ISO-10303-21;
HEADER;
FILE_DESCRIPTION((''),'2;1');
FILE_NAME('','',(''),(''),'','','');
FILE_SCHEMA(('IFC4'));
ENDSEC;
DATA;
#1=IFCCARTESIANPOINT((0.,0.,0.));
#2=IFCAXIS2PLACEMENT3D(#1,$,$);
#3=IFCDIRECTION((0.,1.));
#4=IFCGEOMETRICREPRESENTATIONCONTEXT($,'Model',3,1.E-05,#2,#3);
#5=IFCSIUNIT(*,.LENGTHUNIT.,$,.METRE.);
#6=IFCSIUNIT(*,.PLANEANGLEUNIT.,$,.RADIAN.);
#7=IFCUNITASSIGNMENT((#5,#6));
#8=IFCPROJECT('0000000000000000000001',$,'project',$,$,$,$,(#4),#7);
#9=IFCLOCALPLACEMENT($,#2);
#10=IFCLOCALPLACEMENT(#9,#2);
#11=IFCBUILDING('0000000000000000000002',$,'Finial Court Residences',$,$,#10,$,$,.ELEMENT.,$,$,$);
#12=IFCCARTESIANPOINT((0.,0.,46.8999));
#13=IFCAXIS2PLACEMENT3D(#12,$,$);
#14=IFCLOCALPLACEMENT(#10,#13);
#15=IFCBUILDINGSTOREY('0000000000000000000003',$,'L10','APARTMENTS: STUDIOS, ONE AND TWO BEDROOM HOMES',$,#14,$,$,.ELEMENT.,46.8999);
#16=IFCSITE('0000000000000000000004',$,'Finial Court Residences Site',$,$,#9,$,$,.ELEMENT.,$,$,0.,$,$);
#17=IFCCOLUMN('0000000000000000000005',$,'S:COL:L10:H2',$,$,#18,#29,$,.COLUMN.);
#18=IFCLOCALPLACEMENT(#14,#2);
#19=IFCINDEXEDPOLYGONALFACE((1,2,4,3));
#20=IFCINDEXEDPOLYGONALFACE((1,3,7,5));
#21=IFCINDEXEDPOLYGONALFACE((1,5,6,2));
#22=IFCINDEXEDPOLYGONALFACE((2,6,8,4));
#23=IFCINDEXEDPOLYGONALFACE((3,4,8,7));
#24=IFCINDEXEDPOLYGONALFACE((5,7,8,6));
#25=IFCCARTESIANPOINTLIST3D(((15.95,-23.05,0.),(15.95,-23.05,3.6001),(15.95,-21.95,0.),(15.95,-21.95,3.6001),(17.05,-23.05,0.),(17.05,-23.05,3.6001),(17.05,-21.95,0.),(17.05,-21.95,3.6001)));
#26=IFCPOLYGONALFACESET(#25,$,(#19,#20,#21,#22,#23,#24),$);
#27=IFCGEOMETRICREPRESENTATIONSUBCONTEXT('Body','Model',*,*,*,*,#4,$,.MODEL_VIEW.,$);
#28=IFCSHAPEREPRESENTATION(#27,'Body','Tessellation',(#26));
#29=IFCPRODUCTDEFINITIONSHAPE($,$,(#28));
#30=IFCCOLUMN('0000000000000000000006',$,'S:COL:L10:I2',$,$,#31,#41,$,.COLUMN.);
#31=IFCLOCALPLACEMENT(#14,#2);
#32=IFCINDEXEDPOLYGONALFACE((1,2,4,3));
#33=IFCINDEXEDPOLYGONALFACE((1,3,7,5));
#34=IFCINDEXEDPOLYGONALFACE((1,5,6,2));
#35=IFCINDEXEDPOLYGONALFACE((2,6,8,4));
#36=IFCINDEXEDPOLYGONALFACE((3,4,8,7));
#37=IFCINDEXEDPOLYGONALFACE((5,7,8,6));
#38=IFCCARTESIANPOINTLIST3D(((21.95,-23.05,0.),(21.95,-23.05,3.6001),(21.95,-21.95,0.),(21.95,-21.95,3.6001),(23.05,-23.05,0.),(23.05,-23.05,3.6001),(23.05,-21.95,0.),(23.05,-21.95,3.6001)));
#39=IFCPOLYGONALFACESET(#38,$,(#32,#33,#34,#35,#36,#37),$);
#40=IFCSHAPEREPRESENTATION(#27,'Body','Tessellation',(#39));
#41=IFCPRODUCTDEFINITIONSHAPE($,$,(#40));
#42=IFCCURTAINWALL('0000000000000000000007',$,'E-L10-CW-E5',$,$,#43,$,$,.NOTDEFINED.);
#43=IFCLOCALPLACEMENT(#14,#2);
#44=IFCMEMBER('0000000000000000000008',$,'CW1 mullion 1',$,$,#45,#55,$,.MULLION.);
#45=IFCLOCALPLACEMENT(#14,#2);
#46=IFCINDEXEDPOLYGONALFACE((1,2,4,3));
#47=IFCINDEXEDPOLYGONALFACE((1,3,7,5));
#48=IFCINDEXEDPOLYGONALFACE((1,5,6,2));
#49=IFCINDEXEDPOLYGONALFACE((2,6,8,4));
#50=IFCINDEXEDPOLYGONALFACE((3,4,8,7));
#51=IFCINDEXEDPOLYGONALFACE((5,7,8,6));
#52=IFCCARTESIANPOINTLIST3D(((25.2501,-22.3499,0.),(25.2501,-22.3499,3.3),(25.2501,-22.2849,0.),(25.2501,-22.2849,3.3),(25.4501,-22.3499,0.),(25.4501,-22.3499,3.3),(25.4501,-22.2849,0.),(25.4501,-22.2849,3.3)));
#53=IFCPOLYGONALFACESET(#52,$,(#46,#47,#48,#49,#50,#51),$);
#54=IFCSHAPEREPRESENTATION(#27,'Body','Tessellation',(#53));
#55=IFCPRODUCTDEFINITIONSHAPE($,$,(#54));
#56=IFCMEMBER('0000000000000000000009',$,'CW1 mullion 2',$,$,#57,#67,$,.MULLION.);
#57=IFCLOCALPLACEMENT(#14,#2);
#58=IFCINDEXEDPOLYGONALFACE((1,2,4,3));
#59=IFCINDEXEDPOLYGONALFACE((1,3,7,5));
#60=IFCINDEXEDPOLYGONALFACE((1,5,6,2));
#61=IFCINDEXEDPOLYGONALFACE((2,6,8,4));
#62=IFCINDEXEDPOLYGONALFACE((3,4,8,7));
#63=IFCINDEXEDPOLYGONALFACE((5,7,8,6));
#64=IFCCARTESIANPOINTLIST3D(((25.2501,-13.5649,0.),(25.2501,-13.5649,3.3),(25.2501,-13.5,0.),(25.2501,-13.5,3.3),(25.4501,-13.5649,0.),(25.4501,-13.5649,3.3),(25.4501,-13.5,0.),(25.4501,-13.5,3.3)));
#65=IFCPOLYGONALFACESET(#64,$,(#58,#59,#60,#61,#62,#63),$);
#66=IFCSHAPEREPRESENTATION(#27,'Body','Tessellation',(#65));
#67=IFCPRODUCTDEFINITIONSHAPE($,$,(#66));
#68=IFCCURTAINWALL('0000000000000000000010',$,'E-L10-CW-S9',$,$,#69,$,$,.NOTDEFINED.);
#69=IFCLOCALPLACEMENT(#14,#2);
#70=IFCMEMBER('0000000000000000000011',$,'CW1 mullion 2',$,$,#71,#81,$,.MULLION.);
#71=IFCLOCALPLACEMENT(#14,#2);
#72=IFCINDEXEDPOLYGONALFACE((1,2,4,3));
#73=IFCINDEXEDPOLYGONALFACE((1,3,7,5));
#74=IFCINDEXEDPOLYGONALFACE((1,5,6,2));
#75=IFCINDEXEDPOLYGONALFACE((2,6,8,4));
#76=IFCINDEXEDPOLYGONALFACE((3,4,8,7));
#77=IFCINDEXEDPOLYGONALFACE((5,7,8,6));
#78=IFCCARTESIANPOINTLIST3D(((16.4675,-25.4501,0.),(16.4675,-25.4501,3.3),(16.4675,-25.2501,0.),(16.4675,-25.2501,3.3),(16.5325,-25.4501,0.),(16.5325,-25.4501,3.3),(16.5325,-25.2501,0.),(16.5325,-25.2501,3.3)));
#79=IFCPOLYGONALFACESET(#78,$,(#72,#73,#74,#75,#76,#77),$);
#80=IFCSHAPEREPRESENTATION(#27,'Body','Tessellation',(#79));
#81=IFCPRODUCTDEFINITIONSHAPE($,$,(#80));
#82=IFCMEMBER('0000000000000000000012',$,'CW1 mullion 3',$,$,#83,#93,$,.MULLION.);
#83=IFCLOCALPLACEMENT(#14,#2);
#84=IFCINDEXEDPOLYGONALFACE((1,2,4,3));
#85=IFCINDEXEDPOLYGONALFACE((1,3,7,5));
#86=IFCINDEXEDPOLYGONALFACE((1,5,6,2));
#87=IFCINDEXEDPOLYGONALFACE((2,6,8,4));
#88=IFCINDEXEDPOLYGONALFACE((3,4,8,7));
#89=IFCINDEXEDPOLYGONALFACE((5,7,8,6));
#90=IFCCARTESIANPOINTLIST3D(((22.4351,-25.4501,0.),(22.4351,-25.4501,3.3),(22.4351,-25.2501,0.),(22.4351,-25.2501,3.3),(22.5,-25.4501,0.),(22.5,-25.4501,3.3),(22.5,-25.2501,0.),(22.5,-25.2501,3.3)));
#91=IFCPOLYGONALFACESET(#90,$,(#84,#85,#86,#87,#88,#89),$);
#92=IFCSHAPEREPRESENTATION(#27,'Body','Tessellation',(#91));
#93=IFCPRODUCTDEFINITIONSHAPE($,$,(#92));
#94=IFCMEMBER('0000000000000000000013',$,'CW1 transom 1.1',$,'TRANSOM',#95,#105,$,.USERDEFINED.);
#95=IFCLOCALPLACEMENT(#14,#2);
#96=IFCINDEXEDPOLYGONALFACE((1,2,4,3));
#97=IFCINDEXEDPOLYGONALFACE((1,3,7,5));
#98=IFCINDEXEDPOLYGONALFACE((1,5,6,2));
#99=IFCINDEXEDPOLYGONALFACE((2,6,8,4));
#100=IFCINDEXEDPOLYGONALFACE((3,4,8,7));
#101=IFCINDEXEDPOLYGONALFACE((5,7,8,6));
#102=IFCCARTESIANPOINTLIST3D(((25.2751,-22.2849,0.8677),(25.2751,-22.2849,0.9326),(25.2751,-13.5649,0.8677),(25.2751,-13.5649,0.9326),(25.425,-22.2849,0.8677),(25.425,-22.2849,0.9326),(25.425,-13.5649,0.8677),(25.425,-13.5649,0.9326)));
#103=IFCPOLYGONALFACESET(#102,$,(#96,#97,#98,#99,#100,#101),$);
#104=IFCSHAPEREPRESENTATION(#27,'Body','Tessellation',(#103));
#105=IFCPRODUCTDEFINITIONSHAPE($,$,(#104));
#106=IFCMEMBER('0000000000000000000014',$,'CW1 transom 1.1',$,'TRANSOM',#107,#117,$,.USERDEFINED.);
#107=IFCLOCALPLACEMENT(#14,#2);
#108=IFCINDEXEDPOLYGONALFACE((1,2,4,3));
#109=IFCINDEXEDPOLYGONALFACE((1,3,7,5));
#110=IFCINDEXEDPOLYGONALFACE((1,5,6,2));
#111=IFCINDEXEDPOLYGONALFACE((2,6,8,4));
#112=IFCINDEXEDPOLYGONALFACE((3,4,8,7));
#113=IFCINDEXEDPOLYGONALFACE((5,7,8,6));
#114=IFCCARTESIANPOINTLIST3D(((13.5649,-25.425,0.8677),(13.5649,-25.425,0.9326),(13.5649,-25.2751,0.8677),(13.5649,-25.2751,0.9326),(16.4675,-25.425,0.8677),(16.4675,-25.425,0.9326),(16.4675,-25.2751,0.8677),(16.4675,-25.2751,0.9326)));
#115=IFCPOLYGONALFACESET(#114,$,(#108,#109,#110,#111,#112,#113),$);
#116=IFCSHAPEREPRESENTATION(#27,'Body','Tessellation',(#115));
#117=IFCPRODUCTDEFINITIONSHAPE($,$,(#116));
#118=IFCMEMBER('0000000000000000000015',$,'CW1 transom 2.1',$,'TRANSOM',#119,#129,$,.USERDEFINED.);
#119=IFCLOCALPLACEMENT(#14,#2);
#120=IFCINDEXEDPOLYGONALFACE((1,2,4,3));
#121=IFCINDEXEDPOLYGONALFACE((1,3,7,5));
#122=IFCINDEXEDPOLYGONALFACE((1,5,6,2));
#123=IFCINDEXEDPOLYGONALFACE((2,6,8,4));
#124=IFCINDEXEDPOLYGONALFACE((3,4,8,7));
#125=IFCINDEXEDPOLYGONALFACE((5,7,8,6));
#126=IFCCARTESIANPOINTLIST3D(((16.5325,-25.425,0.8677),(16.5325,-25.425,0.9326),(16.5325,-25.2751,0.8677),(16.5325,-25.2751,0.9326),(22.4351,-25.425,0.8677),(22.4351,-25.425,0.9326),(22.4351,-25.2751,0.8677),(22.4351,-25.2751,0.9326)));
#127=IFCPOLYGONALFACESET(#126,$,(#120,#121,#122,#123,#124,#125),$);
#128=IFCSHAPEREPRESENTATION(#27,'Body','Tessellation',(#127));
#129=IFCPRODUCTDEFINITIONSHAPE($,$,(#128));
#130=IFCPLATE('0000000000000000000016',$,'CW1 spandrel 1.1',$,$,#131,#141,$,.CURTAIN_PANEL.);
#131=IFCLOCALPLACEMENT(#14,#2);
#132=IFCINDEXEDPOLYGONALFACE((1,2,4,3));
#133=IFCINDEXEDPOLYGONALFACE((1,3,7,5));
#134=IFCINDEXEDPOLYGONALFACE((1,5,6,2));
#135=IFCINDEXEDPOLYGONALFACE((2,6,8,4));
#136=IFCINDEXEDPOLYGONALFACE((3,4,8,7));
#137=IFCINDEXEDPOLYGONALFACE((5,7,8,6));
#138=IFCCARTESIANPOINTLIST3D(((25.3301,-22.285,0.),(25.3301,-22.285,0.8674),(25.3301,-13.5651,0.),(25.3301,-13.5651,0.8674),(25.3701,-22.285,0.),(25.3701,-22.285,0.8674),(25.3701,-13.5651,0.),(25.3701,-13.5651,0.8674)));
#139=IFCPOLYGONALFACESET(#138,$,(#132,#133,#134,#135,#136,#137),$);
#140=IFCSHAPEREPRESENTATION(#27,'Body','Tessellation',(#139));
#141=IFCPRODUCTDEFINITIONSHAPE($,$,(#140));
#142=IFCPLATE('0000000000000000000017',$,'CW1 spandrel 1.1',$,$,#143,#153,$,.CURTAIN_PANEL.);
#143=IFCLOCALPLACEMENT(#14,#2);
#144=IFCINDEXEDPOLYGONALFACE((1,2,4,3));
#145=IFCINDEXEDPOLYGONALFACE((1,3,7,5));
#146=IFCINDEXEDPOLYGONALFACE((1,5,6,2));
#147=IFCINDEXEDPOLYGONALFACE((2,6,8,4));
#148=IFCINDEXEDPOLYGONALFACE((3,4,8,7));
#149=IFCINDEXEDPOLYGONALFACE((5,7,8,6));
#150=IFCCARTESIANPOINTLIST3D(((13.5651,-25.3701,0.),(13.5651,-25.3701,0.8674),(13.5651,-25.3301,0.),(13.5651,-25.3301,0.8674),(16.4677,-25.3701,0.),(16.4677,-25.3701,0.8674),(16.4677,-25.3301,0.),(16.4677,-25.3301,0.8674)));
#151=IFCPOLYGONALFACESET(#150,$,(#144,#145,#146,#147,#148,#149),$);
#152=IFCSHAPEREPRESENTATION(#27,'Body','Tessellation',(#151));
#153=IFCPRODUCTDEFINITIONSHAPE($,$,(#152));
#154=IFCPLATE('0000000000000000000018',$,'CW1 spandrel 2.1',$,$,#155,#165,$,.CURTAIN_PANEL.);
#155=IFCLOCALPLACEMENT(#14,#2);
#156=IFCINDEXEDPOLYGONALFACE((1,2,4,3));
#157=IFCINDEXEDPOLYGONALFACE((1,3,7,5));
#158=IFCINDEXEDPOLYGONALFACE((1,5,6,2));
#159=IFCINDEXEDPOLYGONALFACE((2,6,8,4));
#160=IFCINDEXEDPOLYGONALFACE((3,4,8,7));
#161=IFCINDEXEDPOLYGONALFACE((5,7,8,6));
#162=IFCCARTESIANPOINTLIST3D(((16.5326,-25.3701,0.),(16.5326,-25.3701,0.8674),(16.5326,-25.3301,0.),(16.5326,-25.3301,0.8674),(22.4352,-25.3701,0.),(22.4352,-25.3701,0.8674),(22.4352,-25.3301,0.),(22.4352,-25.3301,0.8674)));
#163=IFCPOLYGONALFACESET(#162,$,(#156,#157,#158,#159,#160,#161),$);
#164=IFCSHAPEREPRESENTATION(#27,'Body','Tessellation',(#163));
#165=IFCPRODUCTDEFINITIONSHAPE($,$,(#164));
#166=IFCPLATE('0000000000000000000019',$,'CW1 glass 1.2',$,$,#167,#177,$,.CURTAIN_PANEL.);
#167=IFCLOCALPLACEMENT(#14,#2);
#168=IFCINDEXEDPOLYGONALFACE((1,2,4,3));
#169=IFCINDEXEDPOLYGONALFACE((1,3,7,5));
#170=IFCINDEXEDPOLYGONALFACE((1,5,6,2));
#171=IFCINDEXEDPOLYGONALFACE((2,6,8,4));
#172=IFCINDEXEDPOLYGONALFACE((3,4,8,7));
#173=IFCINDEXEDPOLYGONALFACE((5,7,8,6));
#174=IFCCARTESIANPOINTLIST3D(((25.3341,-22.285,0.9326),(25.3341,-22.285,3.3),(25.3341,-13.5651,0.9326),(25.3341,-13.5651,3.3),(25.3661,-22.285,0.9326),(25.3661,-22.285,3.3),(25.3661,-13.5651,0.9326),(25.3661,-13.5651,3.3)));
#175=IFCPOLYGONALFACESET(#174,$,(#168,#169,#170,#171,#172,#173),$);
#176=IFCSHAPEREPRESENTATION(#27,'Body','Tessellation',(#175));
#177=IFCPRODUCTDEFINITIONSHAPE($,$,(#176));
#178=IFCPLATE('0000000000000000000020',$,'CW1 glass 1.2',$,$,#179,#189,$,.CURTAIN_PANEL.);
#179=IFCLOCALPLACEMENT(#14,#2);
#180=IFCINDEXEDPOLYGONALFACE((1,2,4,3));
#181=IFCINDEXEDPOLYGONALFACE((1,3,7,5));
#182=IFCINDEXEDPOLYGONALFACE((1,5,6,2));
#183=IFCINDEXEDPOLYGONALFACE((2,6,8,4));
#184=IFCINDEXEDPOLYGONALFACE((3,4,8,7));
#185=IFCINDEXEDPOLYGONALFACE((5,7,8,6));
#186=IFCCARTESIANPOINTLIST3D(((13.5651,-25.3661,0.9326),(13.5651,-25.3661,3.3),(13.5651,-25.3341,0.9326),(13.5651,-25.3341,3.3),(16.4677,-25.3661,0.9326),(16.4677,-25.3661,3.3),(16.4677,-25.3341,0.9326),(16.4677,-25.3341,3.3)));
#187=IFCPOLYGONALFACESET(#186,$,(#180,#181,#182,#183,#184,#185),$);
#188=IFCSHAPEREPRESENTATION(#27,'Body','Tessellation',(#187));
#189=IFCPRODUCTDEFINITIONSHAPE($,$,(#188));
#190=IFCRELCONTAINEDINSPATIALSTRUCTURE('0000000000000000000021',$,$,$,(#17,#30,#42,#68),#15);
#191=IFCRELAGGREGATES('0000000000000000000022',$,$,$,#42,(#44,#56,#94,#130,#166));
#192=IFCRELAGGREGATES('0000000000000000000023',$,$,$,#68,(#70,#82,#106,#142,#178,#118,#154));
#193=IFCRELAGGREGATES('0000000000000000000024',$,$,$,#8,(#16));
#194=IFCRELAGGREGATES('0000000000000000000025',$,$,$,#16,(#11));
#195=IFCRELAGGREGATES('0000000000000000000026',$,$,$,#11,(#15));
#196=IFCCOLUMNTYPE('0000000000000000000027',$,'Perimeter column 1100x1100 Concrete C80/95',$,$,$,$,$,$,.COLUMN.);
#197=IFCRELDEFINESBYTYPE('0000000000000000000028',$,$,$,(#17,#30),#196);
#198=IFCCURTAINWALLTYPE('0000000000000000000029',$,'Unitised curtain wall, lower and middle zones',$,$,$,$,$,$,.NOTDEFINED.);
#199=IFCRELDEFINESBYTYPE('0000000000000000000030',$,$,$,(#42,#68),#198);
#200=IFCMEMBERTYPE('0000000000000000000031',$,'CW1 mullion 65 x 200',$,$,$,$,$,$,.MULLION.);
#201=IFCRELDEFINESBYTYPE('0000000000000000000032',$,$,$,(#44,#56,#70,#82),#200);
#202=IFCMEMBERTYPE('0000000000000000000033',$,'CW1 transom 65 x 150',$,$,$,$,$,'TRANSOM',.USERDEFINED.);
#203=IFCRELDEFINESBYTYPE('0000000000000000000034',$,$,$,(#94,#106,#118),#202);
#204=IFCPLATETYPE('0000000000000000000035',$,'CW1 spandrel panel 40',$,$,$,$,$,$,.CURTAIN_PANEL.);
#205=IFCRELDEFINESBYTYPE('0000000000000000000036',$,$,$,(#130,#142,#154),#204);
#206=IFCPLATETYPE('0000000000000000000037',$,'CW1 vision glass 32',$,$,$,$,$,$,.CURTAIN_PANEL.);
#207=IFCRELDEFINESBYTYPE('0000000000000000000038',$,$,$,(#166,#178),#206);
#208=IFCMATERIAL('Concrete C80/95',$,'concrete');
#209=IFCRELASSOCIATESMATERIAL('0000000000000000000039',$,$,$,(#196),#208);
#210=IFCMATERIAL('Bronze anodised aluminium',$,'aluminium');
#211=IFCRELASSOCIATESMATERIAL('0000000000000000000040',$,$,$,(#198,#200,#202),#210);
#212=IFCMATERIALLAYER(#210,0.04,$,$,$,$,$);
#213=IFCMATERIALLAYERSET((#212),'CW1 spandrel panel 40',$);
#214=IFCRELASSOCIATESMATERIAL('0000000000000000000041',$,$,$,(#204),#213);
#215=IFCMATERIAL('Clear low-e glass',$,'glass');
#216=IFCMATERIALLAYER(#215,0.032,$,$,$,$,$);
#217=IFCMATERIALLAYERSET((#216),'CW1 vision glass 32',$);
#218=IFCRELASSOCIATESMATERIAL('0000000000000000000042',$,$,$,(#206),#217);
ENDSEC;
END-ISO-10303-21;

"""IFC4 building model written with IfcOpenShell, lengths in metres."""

from ifc_helpers import new_model, si_unit, direction, frame, origin, origin_2d, place, context, subcontext, project, spatial, rectangle, extrude, material, layer, layer_set, material_profile, profile_set, type_object, element, aggregate, save


model = new_model("IFC4")

# Units and contexts
model_context = context("Model", 3, precision=1e-05, world=origin(), true_north=direction((0.0, 1.0)))
body_context = subcontext(model_context, "Body", "Model", "MODEL_VIEW")
ifc_project = project(units=[si_unit("LENGTHUNIT", "METRE"), si_unit("PLANEANGLEUNIT", "RADIAN")], contexts=[model_context])

# Site, building, storey
site_placement = place(None, origin())
site = spatial("IfcSite", under=ifc_project, at=site_placement, Name="Finial Court Residences Site", CompositionType="ELEMENT", RefElevation=0.0)
building_placement = place(site_placement, origin())
building = spatial("IfcBuilding", under=site, at=building_placement, Name="Finial Court Residences", CompositionType="ELEMENT")
storey_placement = place(building_placement, frame((0.0, 0.0, 46.8999)))
storey = spatial("IfcBuildingStorey", under=building, at=storey_placement, Name="L10", Description="APARTMENTS: STUDIOS, ONE AND TWO BEDROOM HOMES", CompositionType="ELEMENT", Elevation=46.8999)

# Columns
ifc_material_1 = material(Name="Concrete C80/95", Category="concrete")
ifc_material_profile_1 = material_profile(ifc_material_1, rectangle(XDim=1.1001, YDim=1.1001, at=origin_2d()), Name="1100x1100")
ifc_profile_set_1 = profile_set([ifc_material_profile_1], Name="Concrete C80/95")
column_type = type_object("IfcColumnType", Name="Perimeter column 1100x1100 Concrete C80/95", PredefinedType="COLUMN", material=ifc_profile_set_1)
for number, where, z_axis, x_axis, name in (
    (1, (16.5, -22.5, 0.0), (0.0, 0.0, 1.0), (1.0, 0.0, 0.0), "S:COL:L10:H2"),
    (2, (22.5, -22.5, 0.0), (0.0, 0.0, 1.0), (1.0, 0.0, 0.0), "S:COL:L10:I2"),
):
    element("IfcColumn", number, at=place(storey_placement, frame(where, z_axis=z_axis, x_axis=x_axis)), inside=storey, type_object=column_type, Name=name, PredefinedType="COLUMN", context=body_context, shape_type="SweptSolid", body=[
        extrude(rectangle(XDim=1.1001, YDim=1.1001, at=origin_2d()), origin(), (0.0, 0.0, 1.0), 3.6001),
    ])

# Curtain walls, members
ifc_material_2 = material(Name="Bronze anodised aluminium", Category="aluminium")
curtain_wall_type = type_object("IfcCurtainWallType", Name="Unitised curtain wall, lower and middle zones", PredefinedType="NOTDEFINED", material=ifc_material_2)
curtain_wall_1_placement = place(storey_placement, origin())
curtain_wall_1 = element("IfcCurtainWall", 3, at=curtain_wall_1_placement, inside=storey, type_object=curtain_wall_type, Name="E-L10-CW-E5", PredefinedType="NOTDEFINED")
ifc_material_profile_2 = material_profile(ifc_material_2, rectangle(XDim=0.2, YDim=0.0649, at=origin_2d()), Name="CW1 mullion 65 x 200")
ifc_profile_set_2 = profile_set([ifc_material_profile_2], Name="Bronze anodised aluminium")
member_type_1 = type_object("IfcMemberType", Name="CW1 mullion 65 x 200", PredefinedType="MULLION", material=ifc_profile_set_2)
member_1_placement = place(storey_placement, frame((25.3501, -22.3174, 0.0), z_axis=(0.0, 0.0, 1.0), x_axis=(-1.0, 0.0, 0.0)))
member_1 = element("IfcMember", 4, at=member_1_placement, type_object=member_type_1, Name="CW1 mullion 1", PredefinedType="MULLION", context=body_context, shape_type="SweptSolid", body=[
    extrude(rectangle(XDim=0.2, YDim=0.0649, at=origin_2d()), origin(), (0.0, 0.0, 1.0), 3.3),
])
member_2_placement = place(storey_placement, frame((25.3501, -13.5325, 0.0), z_axis=(0.0, 0.0, 1.0), x_axis=(-1.0, 0.0, 0.0)))
member_2 = element("IfcMember", 5, at=member_2_placement, type_object=member_type_1, Name="CW1 mullion 2", PredefinedType="MULLION", context=body_context, shape_type="SweptSolid", body=[
    extrude(rectangle(XDim=0.2, YDim=0.0649, at=origin_2d()), origin(), (0.0, 0.0, 1.0), 3.3),
])
curtain_wall_2_placement = place(storey_placement, origin())
curtain_wall_2 = element("IfcCurtainWall", 6, at=curtain_wall_2_placement, inside=storey, type_object=curtain_wall_type, Name="E-L10-CW-S9", PredefinedType="NOTDEFINED")
member_3_placement = place(storey_placement, frame((16.5, -25.3501, 0.0), z_axis=(0.0, 0.0, 1.0), x_axis=(0.0, 1.0, 0.0)))
member_3 = element("IfcMember", 7, at=member_3_placement, type_object=member_type_1, Name="CW1 mullion 2", PredefinedType="MULLION", context=body_context, shape_type="SweptSolid", body=[
    extrude(rectangle(XDim=0.2, YDim=0.0649, at=origin_2d()), origin(), (0.0, 0.0, 1.0), 3.3),
])
member_4_placement = place(storey_placement, frame((22.4675, -25.3501, 0.0), z_axis=(0.0, 0.0, 1.0), x_axis=(0.0, 1.0, 0.0)))
member_4 = element("IfcMember", 8, at=member_4_placement, type_object=member_type_1, Name="CW1 mullion 3", PredefinedType="MULLION", context=body_context, shape_type="SweptSolid", body=[
    extrude(rectangle(XDim=0.2, YDim=0.0649, at=origin_2d()), origin(), (0.0, 0.0, 1.0), 3.3),
])

# Members
ifc_material_profile_3 = material_profile(ifc_material_2, rectangle(XDim=0.1499, YDim=0.0649, at=origin_2d()), Name="CW1 transom 65 x 150")
ifc_profile_set_3 = profile_set([ifc_material_profile_3], Name="Bronze anodised aluminium")
member_type_2 = type_object("IfcMemberType", Name="CW1 transom 65 x 150", ElementType="TRANSOM", PredefinedType="USERDEFINED", material=ifc_profile_set_3)
member_5_placement = place(storey_placement, frame((25.3501, -22.2849, 0.9001), z_axis=(0.0, 1.0, 0.0), x_axis=(-1.0, 0.0, 0.0)))
member_5 = element("IfcMember", 9, at=member_5_placement, type_object=member_type_2, Name="CW1 transom 1.1", ObjectType="TRANSOM", PredefinedType="USERDEFINED", context=body_context, shape_type="SweptSolid", body=[
    extrude(rectangle(XDim=0.1499, YDim=0.0649, at=origin_2d()), origin(), (0.0, 0.0, 1.0), 8.72),
])
member_6_placement = place(storey_placement, frame((13.5649, -25.3501, 0.9001), z_axis=(1.0, 0.0, 0.0), x_axis=(0.0, 1.0, 0.0)))
member_6 = element("IfcMember", 10, at=member_6_placement, type_object=member_type_2, Name="CW1 transom 1.1", ObjectType="TRANSOM", PredefinedType="USERDEFINED", context=body_context, shape_type="SweptSolid", body=[
    extrude(rectangle(XDim=0.1499, YDim=0.0649, at=origin_2d()), origin(), (0.0, 0.0, 1.0), 2.9026),
])
member_7_placement = place(storey_placement, frame((16.5325, -25.3501, 0.9001), z_axis=(1.0, 0.0, 0.0), x_axis=(0.0, 1.0, 0.0)))
member_7 = element("IfcMember", 11, at=member_7_placement, type_object=member_type_2, Name="CW1 transom 2.1", ObjectType="TRANSOM", PredefinedType="USERDEFINED", context=body_context, shape_type="SweptSolid", body=[
    extrude(rectangle(XDim=0.1499, YDim=0.0649, at=origin_2d()), origin(), (0.0, 0.0, 1.0), 5.9026),
])

# Plates
ifc_layer_1 = layer(ifc_material_2, 0.04)
ifc_layer_set_1 = layer_set([ifc_layer_1], Name="CW1 spandrel panel 40")
plate_type_1 = type_object("IfcPlateType", Name="CW1 spandrel panel 40", PredefinedType="CURTAIN_PANEL", material=ifc_layer_set_1)
plate_1_placement = place(storey_placement, frame((25.3501, -17.925, 0.0), z_axis=(0.0, 0.0, 1.0), x_axis=(0.0, 1.0, 0.0)))
plate_1 = element("IfcPlate", 12, at=plate_1_placement, type_object=plate_type_1, Name="CW1 spandrel 1.1", PredefinedType="CURTAIN_PANEL", context=body_context, shape_type="SweptSolid", body=[
    extrude(rectangle(XDim=8.72, YDim=0.04, at=origin_2d()), origin(), (0.0, 0.0, 1.0), 0.8674),
])
plate_2_placement = place(storey_placement, frame((15.0164, -25.3501, 0.0), z_axis=(0.0, 0.0, 1.0), x_axis=(1.0, 0.0, 0.0)))
plate_2 = element("IfcPlate", 13, at=plate_2_placement, type_object=plate_type_1, Name="CW1 spandrel 1.1", PredefinedType="CURTAIN_PANEL", context=body_context, shape_type="SweptSolid", body=[
    extrude(rectangle(XDim=2.9026, YDim=0.04, at=origin_2d()), origin(), (0.0, 0.0, 1.0), 0.8674),
])
plate_3_placement = place(storey_placement, frame((19.4839, -25.3501, 0.0), z_axis=(0.0, 0.0, 1.0), x_axis=(1.0, 0.0, 0.0)))
plate_3 = element("IfcPlate", 14, at=plate_3_placement, type_object=plate_type_1, Name="CW1 spandrel 2.1", PredefinedType="CURTAIN_PANEL", context=body_context, shape_type="SweptSolid", body=[
    extrude(rectangle(XDim=5.9026, YDim=0.04, at=origin_2d()), origin(), (0.0, 0.0, 1.0), 0.8674),
])
ifc_material_3 = material(Name="Clear low-e glass", Category="glass")
ifc_layer_2 = layer(ifc_material_3, 0.032)
ifc_layer_set_2 = layer_set([ifc_layer_2], Name="CW1 vision glass 32")
plate_type_2 = type_object("IfcPlateType", Name="CW1 vision glass 32", PredefinedType="CURTAIN_PANEL", material=ifc_layer_set_2)
plate_4_placement = place(storey_placement, frame((25.3501, -17.925, 0.9326), z_axis=(0.0, 0.0, 1.0), x_axis=(0.0, 1.0, 0.0)))
plate_4 = element("IfcPlate", 15, at=plate_4_placement, type_object=plate_type_2, Name="CW1 glass 1.2", PredefinedType="CURTAIN_PANEL", context=body_context, shape_type="SweptSolid", body=[
    extrude(rectangle(XDim=8.72, YDim=0.032, at=origin_2d()), origin(), (0.0, 0.0, 1.0), 2.3674),
])
aggregate(curtain_wall_1, [member_1, member_2, member_5, plate_1, plate_4])
plate_5_placement = place(storey_placement, frame((15.0164, -25.3501, 0.9326), z_axis=(0.0, 0.0, 1.0), x_axis=(1.0, 0.0, 0.0)))
plate_5 = element("IfcPlate", 16, at=plate_5_placement, type_object=plate_type_2, Name="CW1 glass 1.2", PredefinedType="CURTAIN_PANEL", context=body_context, shape_type="SweptSolid", body=[
    extrude(rectangle(XDim=2.9026, YDim=0.032, at=origin_2d()), origin(), (0.0, 0.0, 1.0), 2.3674),
])
aggregate(curtain_wall_2, [member_3, member_4, member_6, plate_2, plate_5, member_7, plate_3])

save(model, "model.ifc")
